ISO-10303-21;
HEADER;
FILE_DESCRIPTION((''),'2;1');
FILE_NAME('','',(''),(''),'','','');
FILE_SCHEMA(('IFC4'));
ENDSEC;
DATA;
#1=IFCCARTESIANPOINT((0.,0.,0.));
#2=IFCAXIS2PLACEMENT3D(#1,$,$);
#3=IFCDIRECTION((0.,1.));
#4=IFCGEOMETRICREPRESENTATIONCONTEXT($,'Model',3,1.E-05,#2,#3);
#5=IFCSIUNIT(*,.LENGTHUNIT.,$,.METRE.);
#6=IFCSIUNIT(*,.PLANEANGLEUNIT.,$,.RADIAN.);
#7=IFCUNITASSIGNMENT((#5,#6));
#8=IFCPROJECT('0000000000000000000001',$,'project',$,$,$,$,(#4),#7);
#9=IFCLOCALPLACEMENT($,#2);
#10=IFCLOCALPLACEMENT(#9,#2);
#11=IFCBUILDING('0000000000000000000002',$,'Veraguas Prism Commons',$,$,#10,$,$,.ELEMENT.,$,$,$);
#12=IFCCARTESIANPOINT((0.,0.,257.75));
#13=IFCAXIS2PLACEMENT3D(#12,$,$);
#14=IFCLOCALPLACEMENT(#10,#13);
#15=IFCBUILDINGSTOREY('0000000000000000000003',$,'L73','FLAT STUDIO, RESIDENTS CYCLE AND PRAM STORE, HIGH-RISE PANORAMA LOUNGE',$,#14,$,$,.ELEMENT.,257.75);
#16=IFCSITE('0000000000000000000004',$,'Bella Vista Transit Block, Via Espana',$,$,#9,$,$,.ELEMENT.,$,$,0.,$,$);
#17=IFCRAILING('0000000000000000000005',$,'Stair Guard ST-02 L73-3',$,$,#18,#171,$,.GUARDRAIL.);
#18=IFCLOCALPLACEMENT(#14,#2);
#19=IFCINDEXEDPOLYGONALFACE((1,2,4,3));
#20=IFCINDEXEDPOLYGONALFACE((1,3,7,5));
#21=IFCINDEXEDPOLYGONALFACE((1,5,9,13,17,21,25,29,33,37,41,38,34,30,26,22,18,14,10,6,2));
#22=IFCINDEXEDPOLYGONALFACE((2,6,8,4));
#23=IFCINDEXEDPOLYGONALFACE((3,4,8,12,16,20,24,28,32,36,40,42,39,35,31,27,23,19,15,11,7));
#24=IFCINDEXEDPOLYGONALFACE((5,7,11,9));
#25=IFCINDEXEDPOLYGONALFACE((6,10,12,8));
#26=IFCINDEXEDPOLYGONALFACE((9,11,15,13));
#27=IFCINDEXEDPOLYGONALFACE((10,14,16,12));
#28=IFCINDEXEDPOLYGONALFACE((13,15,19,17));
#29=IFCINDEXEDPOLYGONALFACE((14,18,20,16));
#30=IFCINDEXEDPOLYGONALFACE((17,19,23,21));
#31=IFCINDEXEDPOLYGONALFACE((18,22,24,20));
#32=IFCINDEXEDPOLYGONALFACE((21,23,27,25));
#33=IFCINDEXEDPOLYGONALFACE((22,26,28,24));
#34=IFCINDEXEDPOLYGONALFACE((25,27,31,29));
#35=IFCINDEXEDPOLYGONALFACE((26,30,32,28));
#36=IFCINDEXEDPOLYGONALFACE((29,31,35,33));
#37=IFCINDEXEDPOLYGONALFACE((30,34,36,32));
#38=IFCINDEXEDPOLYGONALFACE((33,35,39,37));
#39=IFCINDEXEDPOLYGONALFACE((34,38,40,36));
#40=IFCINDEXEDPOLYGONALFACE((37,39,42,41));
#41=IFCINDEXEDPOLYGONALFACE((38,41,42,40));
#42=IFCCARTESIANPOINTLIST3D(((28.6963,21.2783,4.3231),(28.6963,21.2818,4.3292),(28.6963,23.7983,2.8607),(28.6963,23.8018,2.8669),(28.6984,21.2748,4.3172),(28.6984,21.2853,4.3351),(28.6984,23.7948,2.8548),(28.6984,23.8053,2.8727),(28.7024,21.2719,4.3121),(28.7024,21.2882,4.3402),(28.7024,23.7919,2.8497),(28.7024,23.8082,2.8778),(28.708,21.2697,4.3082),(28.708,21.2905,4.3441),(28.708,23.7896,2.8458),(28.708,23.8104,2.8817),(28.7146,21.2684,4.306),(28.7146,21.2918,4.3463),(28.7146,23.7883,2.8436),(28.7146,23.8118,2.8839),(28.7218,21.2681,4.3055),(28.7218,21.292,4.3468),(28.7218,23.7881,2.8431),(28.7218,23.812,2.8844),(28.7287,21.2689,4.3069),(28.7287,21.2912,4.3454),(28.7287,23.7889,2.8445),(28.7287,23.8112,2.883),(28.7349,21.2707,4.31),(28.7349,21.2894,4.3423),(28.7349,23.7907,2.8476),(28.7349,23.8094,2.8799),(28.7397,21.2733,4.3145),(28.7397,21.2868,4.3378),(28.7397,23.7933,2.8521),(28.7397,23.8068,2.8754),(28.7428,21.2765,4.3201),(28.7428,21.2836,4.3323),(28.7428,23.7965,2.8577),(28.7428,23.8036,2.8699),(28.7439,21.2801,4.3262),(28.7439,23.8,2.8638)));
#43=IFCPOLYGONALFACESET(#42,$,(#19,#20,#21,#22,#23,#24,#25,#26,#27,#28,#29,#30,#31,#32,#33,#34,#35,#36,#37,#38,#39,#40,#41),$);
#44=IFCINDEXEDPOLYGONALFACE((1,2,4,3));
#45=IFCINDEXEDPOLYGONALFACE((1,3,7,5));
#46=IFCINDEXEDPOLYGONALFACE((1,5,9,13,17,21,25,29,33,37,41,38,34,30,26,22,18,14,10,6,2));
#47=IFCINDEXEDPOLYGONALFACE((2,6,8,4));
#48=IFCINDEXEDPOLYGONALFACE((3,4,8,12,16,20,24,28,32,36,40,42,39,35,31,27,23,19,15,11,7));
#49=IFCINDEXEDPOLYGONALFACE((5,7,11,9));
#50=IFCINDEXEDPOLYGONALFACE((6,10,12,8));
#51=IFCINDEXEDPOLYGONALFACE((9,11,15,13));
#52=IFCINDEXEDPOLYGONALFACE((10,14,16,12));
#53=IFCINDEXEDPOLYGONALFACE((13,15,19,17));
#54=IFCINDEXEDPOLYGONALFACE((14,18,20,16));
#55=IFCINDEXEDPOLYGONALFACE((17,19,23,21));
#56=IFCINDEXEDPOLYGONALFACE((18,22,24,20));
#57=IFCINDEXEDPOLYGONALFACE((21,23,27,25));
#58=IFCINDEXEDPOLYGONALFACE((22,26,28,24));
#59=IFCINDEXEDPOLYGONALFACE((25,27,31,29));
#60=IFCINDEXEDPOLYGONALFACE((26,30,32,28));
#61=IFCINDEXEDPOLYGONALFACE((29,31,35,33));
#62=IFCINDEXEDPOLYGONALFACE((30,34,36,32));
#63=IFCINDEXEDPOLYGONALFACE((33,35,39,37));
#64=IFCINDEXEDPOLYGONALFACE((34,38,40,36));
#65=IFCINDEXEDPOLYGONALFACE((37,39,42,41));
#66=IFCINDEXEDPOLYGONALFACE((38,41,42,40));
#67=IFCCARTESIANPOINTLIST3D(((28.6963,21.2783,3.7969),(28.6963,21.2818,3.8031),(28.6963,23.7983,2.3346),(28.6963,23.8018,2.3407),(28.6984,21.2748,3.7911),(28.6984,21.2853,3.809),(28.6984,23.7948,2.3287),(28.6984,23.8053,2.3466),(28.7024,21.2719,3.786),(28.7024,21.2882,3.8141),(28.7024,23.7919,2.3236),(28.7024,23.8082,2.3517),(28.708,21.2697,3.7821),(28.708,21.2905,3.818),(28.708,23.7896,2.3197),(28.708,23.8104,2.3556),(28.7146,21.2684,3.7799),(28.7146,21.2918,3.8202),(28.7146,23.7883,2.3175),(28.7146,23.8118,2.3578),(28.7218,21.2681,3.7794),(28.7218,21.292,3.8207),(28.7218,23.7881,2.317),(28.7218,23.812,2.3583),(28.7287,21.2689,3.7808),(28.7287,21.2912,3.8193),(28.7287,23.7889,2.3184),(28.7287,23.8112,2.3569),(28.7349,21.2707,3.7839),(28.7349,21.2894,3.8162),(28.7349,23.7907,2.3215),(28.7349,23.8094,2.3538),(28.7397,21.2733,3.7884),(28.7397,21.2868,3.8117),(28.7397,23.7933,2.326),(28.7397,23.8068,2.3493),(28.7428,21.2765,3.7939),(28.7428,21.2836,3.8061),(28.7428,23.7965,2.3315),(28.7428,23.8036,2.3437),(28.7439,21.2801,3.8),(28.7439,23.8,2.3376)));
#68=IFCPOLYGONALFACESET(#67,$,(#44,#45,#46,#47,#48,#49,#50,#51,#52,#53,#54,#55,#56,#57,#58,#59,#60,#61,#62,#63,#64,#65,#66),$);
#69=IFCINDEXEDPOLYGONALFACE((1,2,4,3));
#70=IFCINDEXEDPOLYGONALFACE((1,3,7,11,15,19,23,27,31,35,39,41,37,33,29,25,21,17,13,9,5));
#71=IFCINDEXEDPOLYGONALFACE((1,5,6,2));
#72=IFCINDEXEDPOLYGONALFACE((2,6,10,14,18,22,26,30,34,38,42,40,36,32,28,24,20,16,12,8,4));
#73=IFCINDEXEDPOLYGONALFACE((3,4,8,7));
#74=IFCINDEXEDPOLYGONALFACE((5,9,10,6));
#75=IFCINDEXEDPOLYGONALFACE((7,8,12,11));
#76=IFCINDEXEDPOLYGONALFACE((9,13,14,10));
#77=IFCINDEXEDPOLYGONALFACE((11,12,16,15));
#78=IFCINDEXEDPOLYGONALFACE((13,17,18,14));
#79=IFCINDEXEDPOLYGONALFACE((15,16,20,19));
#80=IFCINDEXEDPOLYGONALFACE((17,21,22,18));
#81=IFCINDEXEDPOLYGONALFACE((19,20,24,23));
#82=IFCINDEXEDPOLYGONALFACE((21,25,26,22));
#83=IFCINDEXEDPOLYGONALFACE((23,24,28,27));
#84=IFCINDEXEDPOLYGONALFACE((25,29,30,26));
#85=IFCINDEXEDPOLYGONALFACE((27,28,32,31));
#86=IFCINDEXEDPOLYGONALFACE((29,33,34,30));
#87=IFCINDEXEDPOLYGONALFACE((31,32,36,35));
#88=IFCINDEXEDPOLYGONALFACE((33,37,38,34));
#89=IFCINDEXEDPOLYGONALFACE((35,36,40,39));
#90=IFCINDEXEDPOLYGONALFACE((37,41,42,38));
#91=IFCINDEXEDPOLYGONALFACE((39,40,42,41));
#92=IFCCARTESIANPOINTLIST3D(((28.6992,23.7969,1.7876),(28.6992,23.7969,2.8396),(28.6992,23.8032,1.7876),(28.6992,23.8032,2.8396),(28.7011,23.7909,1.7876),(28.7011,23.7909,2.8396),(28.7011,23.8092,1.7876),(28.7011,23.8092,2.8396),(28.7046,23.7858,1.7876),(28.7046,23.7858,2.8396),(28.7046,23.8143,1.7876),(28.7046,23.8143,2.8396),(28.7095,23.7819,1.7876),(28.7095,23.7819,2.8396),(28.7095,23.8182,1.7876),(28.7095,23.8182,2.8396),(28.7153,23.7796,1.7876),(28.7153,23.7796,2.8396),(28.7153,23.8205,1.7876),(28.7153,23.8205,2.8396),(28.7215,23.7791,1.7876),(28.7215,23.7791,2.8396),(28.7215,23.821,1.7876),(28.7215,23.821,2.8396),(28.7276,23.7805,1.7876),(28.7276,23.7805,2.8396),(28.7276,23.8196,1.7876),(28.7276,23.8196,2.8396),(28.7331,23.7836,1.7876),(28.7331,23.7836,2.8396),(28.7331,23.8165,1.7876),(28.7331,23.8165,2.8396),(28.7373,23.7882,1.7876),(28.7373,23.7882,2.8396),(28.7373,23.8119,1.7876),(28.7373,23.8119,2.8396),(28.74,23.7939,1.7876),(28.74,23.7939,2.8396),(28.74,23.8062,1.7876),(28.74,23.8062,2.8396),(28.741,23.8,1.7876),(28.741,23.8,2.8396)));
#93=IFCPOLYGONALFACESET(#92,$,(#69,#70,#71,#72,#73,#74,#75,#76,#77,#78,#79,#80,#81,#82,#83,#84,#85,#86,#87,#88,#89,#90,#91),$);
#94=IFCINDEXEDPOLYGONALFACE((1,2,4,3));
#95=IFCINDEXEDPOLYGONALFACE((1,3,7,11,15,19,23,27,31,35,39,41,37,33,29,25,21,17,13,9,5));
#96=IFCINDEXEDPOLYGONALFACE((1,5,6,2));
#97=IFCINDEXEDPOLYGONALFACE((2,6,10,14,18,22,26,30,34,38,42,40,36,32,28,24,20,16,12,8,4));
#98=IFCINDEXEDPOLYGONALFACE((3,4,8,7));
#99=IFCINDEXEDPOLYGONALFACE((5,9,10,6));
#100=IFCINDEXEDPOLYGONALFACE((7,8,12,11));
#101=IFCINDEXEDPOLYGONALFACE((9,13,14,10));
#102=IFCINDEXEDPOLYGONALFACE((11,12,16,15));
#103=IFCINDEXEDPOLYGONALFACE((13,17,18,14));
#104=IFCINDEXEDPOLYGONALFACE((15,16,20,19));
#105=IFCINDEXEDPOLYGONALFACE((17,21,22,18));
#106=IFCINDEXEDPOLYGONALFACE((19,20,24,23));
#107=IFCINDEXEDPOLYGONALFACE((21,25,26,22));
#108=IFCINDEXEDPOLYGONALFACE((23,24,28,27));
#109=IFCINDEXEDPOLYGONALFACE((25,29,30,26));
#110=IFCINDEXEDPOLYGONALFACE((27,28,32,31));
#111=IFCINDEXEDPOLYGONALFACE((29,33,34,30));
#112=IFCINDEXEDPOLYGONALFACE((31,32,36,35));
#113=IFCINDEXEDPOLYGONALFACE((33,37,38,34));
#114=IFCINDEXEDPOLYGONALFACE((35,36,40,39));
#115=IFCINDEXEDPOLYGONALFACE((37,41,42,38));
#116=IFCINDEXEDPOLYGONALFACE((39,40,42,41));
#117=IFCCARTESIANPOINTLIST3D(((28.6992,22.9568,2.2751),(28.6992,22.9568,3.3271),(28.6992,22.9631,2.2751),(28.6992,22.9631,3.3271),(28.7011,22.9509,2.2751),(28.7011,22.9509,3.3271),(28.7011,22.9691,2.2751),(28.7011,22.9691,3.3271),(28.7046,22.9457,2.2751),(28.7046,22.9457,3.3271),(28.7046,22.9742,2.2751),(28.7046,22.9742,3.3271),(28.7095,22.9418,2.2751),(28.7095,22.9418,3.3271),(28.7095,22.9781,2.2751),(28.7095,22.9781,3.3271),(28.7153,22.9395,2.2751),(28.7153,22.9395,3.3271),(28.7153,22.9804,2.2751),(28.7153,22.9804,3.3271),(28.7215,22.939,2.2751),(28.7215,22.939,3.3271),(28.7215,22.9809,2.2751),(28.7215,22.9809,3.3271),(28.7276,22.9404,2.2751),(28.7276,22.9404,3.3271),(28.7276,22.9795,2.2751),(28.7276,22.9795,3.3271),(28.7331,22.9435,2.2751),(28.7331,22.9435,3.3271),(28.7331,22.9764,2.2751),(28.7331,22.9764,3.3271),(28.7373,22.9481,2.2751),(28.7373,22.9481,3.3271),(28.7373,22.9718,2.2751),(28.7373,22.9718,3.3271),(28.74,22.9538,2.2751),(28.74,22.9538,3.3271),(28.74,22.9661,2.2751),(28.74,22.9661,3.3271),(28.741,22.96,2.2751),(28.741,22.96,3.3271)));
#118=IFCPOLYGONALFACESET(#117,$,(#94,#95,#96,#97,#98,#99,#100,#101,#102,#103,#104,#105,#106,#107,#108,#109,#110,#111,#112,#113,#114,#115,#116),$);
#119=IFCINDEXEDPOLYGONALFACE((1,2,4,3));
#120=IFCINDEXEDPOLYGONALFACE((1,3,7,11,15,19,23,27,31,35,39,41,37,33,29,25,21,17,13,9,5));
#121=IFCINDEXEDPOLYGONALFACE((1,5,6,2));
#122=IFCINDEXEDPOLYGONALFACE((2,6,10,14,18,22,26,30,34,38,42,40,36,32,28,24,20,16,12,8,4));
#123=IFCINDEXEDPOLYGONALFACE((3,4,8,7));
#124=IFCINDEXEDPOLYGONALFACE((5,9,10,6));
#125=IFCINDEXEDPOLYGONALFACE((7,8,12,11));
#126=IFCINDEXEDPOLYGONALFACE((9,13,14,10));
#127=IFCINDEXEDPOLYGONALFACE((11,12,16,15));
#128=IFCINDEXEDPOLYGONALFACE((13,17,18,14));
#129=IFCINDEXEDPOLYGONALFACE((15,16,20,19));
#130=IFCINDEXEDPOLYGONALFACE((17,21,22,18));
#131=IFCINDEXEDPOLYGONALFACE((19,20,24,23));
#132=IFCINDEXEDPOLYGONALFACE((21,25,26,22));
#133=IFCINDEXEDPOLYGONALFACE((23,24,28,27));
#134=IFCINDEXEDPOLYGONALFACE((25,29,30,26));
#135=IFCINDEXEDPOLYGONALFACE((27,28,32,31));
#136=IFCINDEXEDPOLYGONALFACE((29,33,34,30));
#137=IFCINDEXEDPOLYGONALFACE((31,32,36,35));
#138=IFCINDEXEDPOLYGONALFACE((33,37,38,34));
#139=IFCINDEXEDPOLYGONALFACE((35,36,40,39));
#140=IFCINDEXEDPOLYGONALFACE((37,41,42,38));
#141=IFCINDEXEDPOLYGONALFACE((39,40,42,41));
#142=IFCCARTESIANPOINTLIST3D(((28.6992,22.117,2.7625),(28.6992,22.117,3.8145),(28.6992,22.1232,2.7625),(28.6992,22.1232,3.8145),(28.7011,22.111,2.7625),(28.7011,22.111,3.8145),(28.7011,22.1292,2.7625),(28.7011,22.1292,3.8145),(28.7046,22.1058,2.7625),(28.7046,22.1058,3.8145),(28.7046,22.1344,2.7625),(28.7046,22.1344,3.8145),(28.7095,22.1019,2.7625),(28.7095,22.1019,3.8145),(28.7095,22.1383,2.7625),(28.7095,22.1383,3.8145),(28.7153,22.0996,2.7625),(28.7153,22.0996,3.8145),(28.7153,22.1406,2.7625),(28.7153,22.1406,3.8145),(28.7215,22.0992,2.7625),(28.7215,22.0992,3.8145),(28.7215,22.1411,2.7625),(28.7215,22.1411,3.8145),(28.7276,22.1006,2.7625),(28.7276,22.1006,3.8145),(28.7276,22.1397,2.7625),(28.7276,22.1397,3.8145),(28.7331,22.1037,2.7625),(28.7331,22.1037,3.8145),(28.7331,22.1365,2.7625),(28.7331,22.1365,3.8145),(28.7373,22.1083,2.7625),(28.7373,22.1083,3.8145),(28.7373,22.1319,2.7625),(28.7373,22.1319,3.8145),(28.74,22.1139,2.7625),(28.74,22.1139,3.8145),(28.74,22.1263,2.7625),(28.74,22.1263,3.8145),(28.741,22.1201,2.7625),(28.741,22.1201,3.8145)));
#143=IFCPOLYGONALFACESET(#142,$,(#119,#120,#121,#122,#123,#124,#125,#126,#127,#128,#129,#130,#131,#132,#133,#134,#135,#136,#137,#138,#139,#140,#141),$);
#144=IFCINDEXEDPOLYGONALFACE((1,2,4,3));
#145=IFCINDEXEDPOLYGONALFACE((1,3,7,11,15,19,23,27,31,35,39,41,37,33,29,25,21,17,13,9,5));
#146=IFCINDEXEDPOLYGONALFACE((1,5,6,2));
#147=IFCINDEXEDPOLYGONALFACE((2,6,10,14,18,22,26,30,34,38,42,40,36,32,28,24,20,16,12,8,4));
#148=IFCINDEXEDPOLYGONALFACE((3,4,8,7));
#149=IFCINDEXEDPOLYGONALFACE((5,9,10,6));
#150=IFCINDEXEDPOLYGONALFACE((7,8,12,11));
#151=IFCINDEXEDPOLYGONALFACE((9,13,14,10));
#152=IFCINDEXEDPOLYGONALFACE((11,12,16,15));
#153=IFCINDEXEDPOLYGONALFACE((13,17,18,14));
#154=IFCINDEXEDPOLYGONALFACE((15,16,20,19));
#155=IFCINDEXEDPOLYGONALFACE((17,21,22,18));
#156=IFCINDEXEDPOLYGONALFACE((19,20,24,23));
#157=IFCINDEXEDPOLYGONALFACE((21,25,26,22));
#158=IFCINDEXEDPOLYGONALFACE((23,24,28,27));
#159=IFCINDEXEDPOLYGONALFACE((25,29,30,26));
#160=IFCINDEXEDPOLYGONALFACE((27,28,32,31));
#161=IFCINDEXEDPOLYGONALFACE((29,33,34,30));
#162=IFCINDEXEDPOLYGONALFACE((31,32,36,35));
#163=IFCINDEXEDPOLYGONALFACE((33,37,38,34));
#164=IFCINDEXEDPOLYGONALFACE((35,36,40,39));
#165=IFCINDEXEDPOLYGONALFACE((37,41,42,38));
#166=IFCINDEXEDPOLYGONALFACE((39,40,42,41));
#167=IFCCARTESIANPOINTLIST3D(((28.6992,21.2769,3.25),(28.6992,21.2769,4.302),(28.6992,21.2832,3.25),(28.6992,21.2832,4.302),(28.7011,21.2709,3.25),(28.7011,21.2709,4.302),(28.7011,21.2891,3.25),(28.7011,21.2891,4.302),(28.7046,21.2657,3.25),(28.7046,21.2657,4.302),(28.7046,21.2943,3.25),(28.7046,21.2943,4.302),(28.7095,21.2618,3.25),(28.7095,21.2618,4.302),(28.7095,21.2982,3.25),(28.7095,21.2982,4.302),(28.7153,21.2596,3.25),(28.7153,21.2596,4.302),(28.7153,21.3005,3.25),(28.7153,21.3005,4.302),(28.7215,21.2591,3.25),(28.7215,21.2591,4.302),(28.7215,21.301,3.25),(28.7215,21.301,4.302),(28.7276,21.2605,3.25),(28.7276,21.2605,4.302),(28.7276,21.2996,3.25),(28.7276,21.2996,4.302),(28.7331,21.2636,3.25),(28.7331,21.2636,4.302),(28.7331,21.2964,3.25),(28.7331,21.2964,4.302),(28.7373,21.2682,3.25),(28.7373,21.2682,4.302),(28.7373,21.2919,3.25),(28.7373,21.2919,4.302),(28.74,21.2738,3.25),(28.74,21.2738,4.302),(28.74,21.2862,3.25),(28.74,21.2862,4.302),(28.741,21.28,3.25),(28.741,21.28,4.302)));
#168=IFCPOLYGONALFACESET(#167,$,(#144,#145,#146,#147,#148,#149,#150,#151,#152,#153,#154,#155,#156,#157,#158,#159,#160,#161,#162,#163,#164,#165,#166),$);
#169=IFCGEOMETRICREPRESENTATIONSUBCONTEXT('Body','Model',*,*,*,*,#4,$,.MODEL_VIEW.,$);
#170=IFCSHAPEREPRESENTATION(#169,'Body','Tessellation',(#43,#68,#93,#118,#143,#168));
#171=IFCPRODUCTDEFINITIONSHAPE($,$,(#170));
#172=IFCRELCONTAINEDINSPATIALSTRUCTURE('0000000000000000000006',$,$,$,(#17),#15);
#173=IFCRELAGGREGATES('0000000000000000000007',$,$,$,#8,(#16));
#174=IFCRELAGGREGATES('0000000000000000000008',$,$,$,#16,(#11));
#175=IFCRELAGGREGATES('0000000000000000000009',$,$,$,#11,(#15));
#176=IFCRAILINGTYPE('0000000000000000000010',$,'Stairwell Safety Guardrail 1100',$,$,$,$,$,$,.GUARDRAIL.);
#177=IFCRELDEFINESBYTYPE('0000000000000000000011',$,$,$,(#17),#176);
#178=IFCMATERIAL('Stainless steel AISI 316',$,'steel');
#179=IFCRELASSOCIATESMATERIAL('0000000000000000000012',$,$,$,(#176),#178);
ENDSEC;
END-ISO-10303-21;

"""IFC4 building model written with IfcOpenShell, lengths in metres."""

from ifc_helpers import new_model, si_unit, direction, frame, origin, origin_2d, place, context, subcontext, project, spatial, circle, extrude, material, type_object, element, save


model = new_model("IFC4")

# Units and contexts
model_context = context("Model", 3, precision=1e-05, world=origin(), true_north=direction((0.0, 1.0)))
body_context = subcontext(model_context, "Body", "Model", "MODEL_VIEW")
ifc_project = project(units=[si_unit("LENGTHUNIT", "METRE"), si_unit("PLANEANGLEUNIT", "RADIAN")], contexts=[model_context])

# Site, building, storey
site_placement = place(None, origin())
site = spatial("IfcSite", under=ifc_project, at=site_placement, Name="Bella Vista Transit Block, Via Espana", CompositionType="ELEMENT", RefElevation=0.0)
building_placement = place(site_placement, origin())
building = spatial("IfcBuilding", under=site, at=building_placement, Name="Veraguas Prism Commons", CompositionType="ELEMENT")
storey_placement = place(building_placement, frame((0.0, 0.0, 257.75)))
storey = spatial("IfcBuildingStorey", under=building, at=storey_placement, Name="L73", Description="FLAT STUDIO, RESIDENTS CYCLE AND PRAM STORE, HIGH-RISE PANORAMA LOUNGE", CompositionType="ELEMENT", Elevation=257.75)

# Railing
ifc_material_1 = material(Name="Stainless steel AISI 316", Category="steel")
railing_type_1 = type_object("IfcRailingType", Name="Stairwell Safety Guardrail 1100", PredefinedType="GUARDRAIL", material=ifc_material_1)
railing_1_placement = place(storey_placement, frame((28.72, 23.8, 1.7876)))
element("IfcRailing", 1, at=railing_1_placement, inside=storey, type_object=railing_type_1, Name="Stair Guard ST-02 L73-3", PredefinedType="GUARDRAIL", context=body_context, shape_type="SweptSolid", body=[
    extrude(circle(Radius=0.0239, at=origin_2d()), frame((0.0, 0.0, 1.0762), z_axis=(0.0, -0.864913, 0.501921), x_axis=(1.0, 0.0, 0.0)), (0.0, 0.0, 1.0), 2.9136),
    extrude(circle(Radius=0.0239, at=origin_2d()), frame((0.0, 0.0, 0.55), z_axis=(0.0, -0.864913, 0.501921), x_axis=(1.0, 0.0, 0.0)), (0.0, 0.0, 1.0), 2.9136),
    extrude(circle(Radius=0.021, at=origin_2d()), origin(), (0.0, 0.0, 1.0), 1.052),
    extrude(circle(Radius=0.021, at=origin_2d()), frame((0.0, -0.8401, 0.4875)), (0.0, 0.0, 1.0), 1.052),
    extrude(circle(Radius=0.021, at=origin_2d()), frame((0.0, -1.6799, 0.9749)), (0.0, 0.0, 1.0), 1.052),
    extrude(circle(Radius=0.021, at=origin_2d()), frame((0.0, -2.52, 1.4624)), (0.0, 0.0, 1.0), 1.052),
])

save(model, "model.ifc")
